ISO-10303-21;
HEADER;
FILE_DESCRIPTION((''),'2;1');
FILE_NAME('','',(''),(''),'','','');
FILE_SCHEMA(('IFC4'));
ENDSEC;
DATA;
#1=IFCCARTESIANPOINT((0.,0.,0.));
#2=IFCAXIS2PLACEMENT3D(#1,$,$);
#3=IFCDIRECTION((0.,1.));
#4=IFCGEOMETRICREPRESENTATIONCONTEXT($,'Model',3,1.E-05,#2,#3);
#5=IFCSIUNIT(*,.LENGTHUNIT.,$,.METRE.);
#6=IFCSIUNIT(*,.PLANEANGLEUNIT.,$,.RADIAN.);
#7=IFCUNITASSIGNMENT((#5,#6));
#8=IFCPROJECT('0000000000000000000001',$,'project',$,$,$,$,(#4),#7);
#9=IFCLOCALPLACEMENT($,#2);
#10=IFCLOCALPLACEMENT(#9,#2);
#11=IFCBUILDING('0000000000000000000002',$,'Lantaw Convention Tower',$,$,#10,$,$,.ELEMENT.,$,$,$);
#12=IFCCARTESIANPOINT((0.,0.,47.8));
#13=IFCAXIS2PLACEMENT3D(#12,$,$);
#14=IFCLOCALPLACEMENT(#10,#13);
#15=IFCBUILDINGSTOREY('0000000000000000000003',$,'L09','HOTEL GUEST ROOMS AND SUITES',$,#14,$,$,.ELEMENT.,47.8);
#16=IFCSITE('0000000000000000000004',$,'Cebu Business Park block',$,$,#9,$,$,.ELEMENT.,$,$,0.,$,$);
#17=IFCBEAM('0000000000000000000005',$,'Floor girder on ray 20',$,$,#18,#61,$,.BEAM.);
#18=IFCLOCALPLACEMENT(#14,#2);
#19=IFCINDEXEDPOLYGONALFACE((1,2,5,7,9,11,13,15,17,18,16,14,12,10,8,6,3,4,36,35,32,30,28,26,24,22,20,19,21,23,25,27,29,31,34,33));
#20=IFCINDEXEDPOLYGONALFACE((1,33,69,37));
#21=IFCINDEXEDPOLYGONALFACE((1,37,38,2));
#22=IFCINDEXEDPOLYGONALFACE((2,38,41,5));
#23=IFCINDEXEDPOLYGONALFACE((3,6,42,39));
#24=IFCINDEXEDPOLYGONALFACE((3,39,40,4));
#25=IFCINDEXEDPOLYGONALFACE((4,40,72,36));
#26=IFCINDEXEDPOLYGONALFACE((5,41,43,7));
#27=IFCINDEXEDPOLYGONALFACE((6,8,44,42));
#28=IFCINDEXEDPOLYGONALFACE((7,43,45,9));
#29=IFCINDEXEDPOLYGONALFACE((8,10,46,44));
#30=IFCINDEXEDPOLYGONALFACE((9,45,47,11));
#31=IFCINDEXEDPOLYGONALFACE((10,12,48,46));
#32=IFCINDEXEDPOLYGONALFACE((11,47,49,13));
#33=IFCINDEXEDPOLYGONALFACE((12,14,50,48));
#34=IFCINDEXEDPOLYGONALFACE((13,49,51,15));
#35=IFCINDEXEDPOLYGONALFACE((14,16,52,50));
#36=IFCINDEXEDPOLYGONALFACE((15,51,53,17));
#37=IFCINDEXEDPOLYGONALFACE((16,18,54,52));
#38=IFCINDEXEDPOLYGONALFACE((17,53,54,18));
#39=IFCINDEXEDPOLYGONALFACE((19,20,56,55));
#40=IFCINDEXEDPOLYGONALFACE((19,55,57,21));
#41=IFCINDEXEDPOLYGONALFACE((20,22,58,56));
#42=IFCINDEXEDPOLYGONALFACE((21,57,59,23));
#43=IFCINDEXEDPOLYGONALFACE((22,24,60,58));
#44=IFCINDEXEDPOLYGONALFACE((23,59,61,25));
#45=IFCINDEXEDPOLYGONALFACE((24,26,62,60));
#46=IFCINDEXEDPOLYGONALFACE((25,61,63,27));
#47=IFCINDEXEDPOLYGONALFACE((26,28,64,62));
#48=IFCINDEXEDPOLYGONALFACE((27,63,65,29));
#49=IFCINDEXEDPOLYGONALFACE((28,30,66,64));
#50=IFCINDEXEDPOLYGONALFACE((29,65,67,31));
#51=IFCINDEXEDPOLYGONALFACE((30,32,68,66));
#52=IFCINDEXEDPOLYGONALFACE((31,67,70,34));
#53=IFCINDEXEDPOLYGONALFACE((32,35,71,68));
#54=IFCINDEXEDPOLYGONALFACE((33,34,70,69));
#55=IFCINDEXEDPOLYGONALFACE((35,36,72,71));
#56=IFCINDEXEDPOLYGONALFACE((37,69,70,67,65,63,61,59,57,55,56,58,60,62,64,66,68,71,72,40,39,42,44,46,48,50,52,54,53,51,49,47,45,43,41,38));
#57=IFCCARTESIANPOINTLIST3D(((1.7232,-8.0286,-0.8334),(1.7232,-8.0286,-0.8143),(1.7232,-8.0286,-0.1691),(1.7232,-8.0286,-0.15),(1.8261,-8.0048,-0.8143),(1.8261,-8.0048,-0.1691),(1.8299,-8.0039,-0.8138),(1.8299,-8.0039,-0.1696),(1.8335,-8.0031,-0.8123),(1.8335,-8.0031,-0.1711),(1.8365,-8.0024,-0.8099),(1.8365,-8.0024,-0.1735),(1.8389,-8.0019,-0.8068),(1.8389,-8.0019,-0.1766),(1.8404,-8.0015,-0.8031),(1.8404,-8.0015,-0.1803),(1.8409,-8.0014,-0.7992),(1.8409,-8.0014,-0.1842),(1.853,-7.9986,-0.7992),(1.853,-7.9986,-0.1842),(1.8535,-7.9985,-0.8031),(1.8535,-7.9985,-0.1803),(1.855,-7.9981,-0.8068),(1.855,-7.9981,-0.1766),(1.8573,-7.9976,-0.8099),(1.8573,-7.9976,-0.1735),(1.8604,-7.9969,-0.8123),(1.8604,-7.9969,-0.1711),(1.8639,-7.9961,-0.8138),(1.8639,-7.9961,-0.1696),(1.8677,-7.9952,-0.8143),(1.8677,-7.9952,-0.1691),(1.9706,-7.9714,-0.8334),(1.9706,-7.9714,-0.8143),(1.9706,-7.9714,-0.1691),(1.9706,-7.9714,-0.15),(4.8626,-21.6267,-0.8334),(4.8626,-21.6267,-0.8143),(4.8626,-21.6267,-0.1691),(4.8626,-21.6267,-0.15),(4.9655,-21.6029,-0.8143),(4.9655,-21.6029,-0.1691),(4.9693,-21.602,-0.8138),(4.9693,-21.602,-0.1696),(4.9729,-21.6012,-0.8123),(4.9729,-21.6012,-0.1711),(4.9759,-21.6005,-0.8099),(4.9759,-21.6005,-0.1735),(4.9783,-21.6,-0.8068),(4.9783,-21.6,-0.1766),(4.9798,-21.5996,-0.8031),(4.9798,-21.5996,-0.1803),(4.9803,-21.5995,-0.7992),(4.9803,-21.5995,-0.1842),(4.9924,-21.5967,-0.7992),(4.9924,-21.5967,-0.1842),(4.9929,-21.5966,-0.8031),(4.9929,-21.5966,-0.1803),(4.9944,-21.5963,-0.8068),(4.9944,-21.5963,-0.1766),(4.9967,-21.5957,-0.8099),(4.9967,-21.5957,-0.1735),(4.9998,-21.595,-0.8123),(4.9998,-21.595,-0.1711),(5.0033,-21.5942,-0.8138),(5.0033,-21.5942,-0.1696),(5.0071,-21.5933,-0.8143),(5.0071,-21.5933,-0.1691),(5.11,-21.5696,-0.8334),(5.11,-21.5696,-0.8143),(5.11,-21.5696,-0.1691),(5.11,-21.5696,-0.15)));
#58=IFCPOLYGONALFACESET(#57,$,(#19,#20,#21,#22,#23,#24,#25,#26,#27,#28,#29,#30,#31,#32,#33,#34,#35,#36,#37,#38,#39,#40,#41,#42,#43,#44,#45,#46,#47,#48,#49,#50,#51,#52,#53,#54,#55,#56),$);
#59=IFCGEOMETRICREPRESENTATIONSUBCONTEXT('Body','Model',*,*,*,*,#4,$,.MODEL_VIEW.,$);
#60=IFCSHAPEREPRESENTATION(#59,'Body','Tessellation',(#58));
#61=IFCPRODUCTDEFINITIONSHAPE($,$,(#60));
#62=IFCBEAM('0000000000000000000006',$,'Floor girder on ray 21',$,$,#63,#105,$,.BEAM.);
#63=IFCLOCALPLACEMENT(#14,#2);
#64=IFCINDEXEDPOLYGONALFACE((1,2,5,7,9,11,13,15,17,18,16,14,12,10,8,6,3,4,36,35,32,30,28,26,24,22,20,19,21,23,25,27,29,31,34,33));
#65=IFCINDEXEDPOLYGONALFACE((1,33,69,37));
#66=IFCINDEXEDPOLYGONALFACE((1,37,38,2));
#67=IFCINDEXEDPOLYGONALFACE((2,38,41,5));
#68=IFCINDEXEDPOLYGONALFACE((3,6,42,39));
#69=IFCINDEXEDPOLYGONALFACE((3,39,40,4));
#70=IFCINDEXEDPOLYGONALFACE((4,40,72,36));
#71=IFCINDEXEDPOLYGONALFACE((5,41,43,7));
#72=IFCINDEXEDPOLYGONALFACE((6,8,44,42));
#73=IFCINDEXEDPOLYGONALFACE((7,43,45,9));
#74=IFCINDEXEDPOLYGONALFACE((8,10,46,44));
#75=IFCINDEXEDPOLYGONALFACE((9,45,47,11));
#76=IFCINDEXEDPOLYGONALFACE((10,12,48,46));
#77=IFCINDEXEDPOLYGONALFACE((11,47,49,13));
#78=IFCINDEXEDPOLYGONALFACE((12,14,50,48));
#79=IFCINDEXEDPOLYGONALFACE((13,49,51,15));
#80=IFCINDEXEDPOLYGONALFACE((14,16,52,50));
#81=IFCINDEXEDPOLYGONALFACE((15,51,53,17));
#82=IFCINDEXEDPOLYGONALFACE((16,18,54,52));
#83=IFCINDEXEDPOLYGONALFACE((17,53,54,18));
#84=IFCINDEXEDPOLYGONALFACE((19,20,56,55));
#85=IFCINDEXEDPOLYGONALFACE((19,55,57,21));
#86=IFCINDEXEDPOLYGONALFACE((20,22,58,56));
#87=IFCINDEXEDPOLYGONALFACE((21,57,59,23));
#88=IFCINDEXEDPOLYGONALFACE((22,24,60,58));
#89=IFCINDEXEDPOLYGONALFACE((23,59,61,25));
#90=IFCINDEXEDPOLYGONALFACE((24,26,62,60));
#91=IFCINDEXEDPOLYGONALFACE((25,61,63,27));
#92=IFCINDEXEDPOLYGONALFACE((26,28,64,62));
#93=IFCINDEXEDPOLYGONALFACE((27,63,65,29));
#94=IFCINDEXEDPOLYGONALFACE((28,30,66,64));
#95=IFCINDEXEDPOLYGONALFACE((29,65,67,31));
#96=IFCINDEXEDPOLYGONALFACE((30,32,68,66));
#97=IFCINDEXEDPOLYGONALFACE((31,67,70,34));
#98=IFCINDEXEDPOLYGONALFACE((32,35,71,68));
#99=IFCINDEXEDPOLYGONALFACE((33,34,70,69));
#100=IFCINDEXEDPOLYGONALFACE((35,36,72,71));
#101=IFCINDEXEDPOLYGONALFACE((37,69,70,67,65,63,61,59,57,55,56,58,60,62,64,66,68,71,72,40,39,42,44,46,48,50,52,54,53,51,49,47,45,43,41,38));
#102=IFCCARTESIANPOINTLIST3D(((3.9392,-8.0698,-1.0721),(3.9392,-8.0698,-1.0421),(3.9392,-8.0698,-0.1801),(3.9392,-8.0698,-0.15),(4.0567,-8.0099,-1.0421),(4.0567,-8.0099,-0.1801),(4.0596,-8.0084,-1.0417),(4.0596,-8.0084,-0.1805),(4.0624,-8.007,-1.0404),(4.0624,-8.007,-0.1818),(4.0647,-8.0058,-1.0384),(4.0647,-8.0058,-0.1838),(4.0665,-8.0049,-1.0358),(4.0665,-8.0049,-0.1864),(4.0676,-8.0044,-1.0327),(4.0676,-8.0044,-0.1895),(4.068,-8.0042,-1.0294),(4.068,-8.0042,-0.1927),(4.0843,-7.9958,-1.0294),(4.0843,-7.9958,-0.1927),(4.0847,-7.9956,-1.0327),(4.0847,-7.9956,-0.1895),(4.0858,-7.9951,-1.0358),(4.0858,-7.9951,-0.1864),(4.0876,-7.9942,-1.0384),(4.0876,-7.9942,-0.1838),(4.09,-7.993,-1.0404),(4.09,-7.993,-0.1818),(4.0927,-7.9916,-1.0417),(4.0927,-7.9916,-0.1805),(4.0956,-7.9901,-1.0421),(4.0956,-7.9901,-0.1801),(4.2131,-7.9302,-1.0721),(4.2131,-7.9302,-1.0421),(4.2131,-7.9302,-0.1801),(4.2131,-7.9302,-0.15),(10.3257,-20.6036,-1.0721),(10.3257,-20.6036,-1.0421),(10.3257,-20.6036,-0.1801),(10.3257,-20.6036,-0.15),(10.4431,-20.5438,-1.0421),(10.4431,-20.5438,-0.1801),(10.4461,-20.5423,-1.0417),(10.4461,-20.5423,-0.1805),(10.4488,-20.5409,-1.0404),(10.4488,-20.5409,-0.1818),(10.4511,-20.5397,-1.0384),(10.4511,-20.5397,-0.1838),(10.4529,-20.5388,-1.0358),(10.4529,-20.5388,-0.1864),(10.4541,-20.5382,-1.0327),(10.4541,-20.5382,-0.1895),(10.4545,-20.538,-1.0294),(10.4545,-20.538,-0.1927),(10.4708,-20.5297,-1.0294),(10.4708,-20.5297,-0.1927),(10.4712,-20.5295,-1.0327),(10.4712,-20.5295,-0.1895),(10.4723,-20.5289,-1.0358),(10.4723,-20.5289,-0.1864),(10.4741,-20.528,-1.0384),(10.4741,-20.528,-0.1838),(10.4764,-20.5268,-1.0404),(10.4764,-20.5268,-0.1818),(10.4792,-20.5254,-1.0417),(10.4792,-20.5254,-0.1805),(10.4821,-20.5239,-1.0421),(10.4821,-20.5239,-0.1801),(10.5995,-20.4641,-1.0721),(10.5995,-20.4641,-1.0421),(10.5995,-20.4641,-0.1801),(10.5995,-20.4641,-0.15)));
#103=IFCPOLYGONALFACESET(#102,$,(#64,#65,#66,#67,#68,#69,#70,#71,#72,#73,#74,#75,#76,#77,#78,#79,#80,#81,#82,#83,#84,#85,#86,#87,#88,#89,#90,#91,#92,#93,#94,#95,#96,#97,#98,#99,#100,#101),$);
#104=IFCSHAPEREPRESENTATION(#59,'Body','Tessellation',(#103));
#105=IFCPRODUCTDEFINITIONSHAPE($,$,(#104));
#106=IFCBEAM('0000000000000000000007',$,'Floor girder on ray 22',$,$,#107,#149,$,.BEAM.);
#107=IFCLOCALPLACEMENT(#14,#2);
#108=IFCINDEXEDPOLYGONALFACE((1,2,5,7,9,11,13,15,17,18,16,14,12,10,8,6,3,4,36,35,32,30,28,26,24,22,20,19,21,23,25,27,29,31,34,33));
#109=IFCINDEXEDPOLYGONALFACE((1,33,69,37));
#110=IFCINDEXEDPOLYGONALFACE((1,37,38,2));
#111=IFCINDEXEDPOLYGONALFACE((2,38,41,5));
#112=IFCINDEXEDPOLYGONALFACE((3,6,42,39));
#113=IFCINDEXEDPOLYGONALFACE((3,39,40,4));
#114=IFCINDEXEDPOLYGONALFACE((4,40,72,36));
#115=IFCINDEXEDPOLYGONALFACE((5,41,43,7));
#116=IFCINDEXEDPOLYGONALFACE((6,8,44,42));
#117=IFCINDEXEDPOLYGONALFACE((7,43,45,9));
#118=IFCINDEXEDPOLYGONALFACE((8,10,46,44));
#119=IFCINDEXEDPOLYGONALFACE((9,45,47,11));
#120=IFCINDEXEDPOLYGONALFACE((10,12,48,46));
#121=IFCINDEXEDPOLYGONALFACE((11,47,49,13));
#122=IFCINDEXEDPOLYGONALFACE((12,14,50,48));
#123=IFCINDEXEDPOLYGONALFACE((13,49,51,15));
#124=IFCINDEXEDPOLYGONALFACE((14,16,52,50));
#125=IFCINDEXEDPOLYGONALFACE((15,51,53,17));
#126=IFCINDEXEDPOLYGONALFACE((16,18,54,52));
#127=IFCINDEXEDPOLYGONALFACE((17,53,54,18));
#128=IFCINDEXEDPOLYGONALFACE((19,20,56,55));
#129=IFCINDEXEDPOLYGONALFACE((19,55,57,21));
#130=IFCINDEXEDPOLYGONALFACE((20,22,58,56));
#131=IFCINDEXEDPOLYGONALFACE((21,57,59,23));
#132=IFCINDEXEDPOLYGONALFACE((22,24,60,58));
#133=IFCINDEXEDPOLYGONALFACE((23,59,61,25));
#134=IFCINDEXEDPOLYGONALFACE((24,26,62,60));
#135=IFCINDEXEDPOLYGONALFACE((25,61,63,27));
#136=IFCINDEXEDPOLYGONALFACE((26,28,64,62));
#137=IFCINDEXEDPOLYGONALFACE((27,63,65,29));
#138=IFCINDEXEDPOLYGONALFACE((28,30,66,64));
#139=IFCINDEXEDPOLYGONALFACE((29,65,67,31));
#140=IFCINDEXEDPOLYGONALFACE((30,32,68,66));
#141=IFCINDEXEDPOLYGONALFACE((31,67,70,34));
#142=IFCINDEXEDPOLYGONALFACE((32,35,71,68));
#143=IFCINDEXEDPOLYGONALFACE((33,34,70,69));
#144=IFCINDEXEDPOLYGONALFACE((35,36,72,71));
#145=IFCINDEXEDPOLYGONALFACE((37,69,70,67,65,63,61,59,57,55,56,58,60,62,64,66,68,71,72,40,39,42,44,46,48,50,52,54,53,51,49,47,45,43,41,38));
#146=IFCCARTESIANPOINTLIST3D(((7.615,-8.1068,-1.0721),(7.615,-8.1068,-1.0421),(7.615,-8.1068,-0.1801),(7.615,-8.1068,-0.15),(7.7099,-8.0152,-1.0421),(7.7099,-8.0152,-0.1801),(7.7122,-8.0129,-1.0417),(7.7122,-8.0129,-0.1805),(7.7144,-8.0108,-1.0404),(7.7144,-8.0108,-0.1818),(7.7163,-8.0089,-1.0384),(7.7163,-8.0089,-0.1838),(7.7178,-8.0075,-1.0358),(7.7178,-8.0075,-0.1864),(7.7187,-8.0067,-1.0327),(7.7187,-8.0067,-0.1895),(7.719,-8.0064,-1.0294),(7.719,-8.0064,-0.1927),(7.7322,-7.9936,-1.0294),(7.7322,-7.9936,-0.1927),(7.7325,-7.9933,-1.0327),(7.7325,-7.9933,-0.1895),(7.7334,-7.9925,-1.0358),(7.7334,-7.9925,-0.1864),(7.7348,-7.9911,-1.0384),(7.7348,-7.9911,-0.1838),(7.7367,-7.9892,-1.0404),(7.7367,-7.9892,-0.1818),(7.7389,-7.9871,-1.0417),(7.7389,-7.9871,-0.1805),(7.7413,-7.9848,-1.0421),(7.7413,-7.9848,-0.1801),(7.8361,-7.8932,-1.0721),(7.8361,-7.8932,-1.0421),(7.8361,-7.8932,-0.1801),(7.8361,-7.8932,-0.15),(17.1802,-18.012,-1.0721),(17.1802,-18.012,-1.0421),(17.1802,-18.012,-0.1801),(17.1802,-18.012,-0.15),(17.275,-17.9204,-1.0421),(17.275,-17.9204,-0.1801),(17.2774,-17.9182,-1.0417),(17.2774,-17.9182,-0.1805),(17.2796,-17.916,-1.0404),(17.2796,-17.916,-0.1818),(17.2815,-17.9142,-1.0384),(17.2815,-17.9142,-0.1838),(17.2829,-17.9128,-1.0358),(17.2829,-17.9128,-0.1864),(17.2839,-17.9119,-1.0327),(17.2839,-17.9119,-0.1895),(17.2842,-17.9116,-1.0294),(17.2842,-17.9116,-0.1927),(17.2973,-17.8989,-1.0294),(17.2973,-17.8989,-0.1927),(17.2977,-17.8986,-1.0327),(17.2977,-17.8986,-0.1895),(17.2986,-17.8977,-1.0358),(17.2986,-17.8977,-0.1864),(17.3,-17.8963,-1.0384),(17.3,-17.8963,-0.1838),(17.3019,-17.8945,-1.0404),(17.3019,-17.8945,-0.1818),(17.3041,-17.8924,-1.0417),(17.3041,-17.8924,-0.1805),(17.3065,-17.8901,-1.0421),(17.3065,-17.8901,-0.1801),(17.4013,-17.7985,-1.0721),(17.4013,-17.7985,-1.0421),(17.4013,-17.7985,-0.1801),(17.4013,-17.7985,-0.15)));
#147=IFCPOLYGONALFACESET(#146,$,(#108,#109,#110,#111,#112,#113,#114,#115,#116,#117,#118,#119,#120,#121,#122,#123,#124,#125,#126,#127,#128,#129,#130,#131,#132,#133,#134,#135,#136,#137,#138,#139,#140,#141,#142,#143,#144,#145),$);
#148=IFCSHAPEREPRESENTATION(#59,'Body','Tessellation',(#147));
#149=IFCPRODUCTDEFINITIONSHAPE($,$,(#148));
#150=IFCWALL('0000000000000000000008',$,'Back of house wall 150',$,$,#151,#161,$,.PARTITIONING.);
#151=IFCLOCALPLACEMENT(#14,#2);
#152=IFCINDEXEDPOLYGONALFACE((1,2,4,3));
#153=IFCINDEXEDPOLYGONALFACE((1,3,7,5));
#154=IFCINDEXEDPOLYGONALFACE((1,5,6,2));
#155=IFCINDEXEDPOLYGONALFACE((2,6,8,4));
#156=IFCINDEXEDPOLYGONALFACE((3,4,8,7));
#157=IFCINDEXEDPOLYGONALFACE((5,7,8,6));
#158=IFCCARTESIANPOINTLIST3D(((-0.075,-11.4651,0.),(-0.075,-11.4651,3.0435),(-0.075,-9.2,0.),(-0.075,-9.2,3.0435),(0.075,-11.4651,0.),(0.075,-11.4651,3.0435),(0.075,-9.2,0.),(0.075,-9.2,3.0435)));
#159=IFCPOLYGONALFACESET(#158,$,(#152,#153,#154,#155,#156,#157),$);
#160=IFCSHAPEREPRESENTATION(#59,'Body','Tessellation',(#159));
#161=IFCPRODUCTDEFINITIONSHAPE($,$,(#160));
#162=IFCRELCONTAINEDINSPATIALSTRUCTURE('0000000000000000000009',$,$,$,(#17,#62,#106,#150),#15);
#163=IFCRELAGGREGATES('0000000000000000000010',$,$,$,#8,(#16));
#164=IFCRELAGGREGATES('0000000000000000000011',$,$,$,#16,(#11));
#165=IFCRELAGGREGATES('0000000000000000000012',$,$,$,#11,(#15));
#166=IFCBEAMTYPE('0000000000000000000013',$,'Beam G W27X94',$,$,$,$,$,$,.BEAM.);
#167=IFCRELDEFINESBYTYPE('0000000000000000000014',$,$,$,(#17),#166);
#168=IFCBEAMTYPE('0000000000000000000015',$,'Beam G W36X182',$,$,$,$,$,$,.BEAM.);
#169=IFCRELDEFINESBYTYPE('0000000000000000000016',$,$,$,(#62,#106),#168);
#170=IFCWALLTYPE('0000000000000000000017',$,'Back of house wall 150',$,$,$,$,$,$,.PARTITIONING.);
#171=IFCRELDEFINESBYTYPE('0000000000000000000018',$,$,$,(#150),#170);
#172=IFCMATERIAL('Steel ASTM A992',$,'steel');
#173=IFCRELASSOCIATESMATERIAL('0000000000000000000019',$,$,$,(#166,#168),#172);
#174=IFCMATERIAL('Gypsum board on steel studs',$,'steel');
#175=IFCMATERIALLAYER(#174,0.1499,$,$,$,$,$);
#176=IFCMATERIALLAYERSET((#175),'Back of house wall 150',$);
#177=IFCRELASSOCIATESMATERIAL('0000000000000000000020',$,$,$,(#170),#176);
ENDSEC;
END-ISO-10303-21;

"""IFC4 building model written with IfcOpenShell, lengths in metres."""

from ifc_helpers import new_model, si_unit, direction, frame, frame_2d, origin, origin_2d, place, context, subcontext, project, spatial, rectangle, i_section, extrude, material, layer, layer_set, material_profile, profile_set, type_object, element, save


model = new_model("IFC4")

# Units and contexts
model_context = context("Model", 3, precision=1e-05, world=origin(), true_north=direction((0.0, 1.0)))
body_context = subcontext(model_context, "Body", "Model", "MODEL_VIEW")
ifc_project = project(units=[si_unit("LENGTHUNIT", "METRE"), si_unit("PLANEANGLEUNIT", "RADIAN")], contexts=[model_context])

# Site, building, storey
site_placement = place(None, origin())
site = spatial("IfcSite", under=ifc_project, at=site_placement, Name="Cebu Business Park block", CompositionType="ELEMENT", RefElevation=0.0)
building_placement = place(site_placement, origin())
building = spatial("IfcBuilding", under=site, at=building_placement, Name="Lantaw Convention Tower", CompositionType="ELEMENT")
storey_placement = place(building_placement, frame((0.0, 0.0, 47.8)))
storey = spatial("IfcBuildingStorey", under=building, at=storey_placement, Name="L09", Description="HOTEL GUEST ROOMS AND SUITES", CompositionType="ELEMENT", Elevation=47.8)

# Beams
ifc_material_1 = material(Name="Steel ASTM A992", Category="steel")
ifc_material_profile_1 = material_profile(ifc_material_1, i_section(OverallWidth=0.2539, OverallDepth=0.6833, WebThickness=0.0125, FlangeThickness=0.019, FilletRadius=0.0151, at=origin_2d()), Name="W27X94")
ifc_profile_set_1 = profile_set([ifc_material_profile_1], Name="Steel ASTM A992")
beam_type_1 = type_object("IfcBeamType", Name="Beam G W27X94", PredefinedType="BEAM", material=ifc_profile_set_1)
beam_1_placement = place(storey_placement, frame((1.8469, -8.0, -0.4917), z_axis=(0.224953, -0.97437, 0.0), x_axis=(0.97437, 0.224953, 0.0)))
element("IfcBeam", 1, at=beam_1_placement, inside=storey, type_object=beam_type_1, Name="Floor girder on ray 20", PredefinedType="BEAM", context=body_context, shape_type="SweptSolid", body=[
    extrude(i_section(OverallWidth=0.2539, OverallDepth=0.6833, WebThickness=0.0125, FlangeThickness=0.019, FilletRadius=0.0151, at=origin_2d()), origin(), (0.0, 0.0, 1.0), 13.9558),
])
ifc_material_profile_2 = material_profile(ifc_material_1, i_section(OverallWidth=0.3074, OverallDepth=0.9221, WebThickness=0.0183, FlangeThickness=0.03, FilletRadius=0.0127, at=origin_2d()), Name="W36X182")
ifc_profile_set_2 = profile_set([ifc_material_profile_2], Name="Steel ASTM A992")
beam_type_2 = type_object("IfcBeamType", Name="Beam G W36X182", PredefinedType="BEAM", material=ifc_profile_set_2)
beam_2_placement = place(storey_placement, frame((4.0762, -8.0, -0.6111), z_axis=(0.453997, -0.891003, 0.0), x_axis=(0.891003, 0.453997, 0.0)))
element("IfcBeam", 2, at=beam_2_placement, inside=storey, type_object=beam_type_2, Name="Floor girder on ray 21", PredefinedType="BEAM", context=body_context, shape_type="SweptSolid", body=[
    extrude(i_section(OverallWidth=0.3074, OverallDepth=0.9221, WebThickness=0.0183, FlangeThickness=0.03, FilletRadius=0.0127, at=origin_2d()), origin(), (0.0, 0.0, 1.0), 14.0671),
])
beam_3_placement = place(storey_placement, frame((7.7256, -8.0, -0.6111), z_axis=(0.69465, -0.719348, 0.0), x_axis=(0.719348, 0.69465, 0.0)))
element("IfcBeam", 3, at=beam_3_placement, inside=storey, type_object=beam_type_2, Name="Floor girder on ray 22", PredefinedType="BEAM", context=body_context, shape_type="SweptSolid", body=[
    extrude(i_section(OverallWidth=0.3074, OverallDepth=0.9221, WebThickness=0.0183, FlangeThickness=0.03, FilletRadius=0.0127, at=origin_2d()), origin(), (0.0, 0.0, 1.0), 13.7698),
])

# Wall
ifc_material_2 = material(Name="Gypsum board on steel studs", Category="steel")
ifc_layer_1 = layer(ifc_material_2, 0.1499)
ifc_layer_set_1 = layer_set([ifc_layer_1], Name="Back of house wall 150")
wall_type_1 = type_object("IfcWallType", Name="Back of house wall 150", PredefinedType="PARTITIONING", material=ifc_layer_set_1)
wall_1_placement = place(storey_placement, frame((0.0, -9.2, 0.0), z_axis=(0.0, 0.0, 1.0), x_axis=(0.0, -1.0, 0.0)))
element("IfcWall", 4, at=wall_1_placement, inside=storey, type_object=wall_type_1, Name="Back of house wall 150", PredefinedType="PARTITIONING", context=body_context, shape_type="SweptSolid", body=[
    extrude(rectangle(XDim=2.2651, YDim=0.1499, at=frame_2d((1.1326, 0.0))), origin(), (0.0, 0.0, 1.0), 3.0435),
])

save(model, "model.ifc")
